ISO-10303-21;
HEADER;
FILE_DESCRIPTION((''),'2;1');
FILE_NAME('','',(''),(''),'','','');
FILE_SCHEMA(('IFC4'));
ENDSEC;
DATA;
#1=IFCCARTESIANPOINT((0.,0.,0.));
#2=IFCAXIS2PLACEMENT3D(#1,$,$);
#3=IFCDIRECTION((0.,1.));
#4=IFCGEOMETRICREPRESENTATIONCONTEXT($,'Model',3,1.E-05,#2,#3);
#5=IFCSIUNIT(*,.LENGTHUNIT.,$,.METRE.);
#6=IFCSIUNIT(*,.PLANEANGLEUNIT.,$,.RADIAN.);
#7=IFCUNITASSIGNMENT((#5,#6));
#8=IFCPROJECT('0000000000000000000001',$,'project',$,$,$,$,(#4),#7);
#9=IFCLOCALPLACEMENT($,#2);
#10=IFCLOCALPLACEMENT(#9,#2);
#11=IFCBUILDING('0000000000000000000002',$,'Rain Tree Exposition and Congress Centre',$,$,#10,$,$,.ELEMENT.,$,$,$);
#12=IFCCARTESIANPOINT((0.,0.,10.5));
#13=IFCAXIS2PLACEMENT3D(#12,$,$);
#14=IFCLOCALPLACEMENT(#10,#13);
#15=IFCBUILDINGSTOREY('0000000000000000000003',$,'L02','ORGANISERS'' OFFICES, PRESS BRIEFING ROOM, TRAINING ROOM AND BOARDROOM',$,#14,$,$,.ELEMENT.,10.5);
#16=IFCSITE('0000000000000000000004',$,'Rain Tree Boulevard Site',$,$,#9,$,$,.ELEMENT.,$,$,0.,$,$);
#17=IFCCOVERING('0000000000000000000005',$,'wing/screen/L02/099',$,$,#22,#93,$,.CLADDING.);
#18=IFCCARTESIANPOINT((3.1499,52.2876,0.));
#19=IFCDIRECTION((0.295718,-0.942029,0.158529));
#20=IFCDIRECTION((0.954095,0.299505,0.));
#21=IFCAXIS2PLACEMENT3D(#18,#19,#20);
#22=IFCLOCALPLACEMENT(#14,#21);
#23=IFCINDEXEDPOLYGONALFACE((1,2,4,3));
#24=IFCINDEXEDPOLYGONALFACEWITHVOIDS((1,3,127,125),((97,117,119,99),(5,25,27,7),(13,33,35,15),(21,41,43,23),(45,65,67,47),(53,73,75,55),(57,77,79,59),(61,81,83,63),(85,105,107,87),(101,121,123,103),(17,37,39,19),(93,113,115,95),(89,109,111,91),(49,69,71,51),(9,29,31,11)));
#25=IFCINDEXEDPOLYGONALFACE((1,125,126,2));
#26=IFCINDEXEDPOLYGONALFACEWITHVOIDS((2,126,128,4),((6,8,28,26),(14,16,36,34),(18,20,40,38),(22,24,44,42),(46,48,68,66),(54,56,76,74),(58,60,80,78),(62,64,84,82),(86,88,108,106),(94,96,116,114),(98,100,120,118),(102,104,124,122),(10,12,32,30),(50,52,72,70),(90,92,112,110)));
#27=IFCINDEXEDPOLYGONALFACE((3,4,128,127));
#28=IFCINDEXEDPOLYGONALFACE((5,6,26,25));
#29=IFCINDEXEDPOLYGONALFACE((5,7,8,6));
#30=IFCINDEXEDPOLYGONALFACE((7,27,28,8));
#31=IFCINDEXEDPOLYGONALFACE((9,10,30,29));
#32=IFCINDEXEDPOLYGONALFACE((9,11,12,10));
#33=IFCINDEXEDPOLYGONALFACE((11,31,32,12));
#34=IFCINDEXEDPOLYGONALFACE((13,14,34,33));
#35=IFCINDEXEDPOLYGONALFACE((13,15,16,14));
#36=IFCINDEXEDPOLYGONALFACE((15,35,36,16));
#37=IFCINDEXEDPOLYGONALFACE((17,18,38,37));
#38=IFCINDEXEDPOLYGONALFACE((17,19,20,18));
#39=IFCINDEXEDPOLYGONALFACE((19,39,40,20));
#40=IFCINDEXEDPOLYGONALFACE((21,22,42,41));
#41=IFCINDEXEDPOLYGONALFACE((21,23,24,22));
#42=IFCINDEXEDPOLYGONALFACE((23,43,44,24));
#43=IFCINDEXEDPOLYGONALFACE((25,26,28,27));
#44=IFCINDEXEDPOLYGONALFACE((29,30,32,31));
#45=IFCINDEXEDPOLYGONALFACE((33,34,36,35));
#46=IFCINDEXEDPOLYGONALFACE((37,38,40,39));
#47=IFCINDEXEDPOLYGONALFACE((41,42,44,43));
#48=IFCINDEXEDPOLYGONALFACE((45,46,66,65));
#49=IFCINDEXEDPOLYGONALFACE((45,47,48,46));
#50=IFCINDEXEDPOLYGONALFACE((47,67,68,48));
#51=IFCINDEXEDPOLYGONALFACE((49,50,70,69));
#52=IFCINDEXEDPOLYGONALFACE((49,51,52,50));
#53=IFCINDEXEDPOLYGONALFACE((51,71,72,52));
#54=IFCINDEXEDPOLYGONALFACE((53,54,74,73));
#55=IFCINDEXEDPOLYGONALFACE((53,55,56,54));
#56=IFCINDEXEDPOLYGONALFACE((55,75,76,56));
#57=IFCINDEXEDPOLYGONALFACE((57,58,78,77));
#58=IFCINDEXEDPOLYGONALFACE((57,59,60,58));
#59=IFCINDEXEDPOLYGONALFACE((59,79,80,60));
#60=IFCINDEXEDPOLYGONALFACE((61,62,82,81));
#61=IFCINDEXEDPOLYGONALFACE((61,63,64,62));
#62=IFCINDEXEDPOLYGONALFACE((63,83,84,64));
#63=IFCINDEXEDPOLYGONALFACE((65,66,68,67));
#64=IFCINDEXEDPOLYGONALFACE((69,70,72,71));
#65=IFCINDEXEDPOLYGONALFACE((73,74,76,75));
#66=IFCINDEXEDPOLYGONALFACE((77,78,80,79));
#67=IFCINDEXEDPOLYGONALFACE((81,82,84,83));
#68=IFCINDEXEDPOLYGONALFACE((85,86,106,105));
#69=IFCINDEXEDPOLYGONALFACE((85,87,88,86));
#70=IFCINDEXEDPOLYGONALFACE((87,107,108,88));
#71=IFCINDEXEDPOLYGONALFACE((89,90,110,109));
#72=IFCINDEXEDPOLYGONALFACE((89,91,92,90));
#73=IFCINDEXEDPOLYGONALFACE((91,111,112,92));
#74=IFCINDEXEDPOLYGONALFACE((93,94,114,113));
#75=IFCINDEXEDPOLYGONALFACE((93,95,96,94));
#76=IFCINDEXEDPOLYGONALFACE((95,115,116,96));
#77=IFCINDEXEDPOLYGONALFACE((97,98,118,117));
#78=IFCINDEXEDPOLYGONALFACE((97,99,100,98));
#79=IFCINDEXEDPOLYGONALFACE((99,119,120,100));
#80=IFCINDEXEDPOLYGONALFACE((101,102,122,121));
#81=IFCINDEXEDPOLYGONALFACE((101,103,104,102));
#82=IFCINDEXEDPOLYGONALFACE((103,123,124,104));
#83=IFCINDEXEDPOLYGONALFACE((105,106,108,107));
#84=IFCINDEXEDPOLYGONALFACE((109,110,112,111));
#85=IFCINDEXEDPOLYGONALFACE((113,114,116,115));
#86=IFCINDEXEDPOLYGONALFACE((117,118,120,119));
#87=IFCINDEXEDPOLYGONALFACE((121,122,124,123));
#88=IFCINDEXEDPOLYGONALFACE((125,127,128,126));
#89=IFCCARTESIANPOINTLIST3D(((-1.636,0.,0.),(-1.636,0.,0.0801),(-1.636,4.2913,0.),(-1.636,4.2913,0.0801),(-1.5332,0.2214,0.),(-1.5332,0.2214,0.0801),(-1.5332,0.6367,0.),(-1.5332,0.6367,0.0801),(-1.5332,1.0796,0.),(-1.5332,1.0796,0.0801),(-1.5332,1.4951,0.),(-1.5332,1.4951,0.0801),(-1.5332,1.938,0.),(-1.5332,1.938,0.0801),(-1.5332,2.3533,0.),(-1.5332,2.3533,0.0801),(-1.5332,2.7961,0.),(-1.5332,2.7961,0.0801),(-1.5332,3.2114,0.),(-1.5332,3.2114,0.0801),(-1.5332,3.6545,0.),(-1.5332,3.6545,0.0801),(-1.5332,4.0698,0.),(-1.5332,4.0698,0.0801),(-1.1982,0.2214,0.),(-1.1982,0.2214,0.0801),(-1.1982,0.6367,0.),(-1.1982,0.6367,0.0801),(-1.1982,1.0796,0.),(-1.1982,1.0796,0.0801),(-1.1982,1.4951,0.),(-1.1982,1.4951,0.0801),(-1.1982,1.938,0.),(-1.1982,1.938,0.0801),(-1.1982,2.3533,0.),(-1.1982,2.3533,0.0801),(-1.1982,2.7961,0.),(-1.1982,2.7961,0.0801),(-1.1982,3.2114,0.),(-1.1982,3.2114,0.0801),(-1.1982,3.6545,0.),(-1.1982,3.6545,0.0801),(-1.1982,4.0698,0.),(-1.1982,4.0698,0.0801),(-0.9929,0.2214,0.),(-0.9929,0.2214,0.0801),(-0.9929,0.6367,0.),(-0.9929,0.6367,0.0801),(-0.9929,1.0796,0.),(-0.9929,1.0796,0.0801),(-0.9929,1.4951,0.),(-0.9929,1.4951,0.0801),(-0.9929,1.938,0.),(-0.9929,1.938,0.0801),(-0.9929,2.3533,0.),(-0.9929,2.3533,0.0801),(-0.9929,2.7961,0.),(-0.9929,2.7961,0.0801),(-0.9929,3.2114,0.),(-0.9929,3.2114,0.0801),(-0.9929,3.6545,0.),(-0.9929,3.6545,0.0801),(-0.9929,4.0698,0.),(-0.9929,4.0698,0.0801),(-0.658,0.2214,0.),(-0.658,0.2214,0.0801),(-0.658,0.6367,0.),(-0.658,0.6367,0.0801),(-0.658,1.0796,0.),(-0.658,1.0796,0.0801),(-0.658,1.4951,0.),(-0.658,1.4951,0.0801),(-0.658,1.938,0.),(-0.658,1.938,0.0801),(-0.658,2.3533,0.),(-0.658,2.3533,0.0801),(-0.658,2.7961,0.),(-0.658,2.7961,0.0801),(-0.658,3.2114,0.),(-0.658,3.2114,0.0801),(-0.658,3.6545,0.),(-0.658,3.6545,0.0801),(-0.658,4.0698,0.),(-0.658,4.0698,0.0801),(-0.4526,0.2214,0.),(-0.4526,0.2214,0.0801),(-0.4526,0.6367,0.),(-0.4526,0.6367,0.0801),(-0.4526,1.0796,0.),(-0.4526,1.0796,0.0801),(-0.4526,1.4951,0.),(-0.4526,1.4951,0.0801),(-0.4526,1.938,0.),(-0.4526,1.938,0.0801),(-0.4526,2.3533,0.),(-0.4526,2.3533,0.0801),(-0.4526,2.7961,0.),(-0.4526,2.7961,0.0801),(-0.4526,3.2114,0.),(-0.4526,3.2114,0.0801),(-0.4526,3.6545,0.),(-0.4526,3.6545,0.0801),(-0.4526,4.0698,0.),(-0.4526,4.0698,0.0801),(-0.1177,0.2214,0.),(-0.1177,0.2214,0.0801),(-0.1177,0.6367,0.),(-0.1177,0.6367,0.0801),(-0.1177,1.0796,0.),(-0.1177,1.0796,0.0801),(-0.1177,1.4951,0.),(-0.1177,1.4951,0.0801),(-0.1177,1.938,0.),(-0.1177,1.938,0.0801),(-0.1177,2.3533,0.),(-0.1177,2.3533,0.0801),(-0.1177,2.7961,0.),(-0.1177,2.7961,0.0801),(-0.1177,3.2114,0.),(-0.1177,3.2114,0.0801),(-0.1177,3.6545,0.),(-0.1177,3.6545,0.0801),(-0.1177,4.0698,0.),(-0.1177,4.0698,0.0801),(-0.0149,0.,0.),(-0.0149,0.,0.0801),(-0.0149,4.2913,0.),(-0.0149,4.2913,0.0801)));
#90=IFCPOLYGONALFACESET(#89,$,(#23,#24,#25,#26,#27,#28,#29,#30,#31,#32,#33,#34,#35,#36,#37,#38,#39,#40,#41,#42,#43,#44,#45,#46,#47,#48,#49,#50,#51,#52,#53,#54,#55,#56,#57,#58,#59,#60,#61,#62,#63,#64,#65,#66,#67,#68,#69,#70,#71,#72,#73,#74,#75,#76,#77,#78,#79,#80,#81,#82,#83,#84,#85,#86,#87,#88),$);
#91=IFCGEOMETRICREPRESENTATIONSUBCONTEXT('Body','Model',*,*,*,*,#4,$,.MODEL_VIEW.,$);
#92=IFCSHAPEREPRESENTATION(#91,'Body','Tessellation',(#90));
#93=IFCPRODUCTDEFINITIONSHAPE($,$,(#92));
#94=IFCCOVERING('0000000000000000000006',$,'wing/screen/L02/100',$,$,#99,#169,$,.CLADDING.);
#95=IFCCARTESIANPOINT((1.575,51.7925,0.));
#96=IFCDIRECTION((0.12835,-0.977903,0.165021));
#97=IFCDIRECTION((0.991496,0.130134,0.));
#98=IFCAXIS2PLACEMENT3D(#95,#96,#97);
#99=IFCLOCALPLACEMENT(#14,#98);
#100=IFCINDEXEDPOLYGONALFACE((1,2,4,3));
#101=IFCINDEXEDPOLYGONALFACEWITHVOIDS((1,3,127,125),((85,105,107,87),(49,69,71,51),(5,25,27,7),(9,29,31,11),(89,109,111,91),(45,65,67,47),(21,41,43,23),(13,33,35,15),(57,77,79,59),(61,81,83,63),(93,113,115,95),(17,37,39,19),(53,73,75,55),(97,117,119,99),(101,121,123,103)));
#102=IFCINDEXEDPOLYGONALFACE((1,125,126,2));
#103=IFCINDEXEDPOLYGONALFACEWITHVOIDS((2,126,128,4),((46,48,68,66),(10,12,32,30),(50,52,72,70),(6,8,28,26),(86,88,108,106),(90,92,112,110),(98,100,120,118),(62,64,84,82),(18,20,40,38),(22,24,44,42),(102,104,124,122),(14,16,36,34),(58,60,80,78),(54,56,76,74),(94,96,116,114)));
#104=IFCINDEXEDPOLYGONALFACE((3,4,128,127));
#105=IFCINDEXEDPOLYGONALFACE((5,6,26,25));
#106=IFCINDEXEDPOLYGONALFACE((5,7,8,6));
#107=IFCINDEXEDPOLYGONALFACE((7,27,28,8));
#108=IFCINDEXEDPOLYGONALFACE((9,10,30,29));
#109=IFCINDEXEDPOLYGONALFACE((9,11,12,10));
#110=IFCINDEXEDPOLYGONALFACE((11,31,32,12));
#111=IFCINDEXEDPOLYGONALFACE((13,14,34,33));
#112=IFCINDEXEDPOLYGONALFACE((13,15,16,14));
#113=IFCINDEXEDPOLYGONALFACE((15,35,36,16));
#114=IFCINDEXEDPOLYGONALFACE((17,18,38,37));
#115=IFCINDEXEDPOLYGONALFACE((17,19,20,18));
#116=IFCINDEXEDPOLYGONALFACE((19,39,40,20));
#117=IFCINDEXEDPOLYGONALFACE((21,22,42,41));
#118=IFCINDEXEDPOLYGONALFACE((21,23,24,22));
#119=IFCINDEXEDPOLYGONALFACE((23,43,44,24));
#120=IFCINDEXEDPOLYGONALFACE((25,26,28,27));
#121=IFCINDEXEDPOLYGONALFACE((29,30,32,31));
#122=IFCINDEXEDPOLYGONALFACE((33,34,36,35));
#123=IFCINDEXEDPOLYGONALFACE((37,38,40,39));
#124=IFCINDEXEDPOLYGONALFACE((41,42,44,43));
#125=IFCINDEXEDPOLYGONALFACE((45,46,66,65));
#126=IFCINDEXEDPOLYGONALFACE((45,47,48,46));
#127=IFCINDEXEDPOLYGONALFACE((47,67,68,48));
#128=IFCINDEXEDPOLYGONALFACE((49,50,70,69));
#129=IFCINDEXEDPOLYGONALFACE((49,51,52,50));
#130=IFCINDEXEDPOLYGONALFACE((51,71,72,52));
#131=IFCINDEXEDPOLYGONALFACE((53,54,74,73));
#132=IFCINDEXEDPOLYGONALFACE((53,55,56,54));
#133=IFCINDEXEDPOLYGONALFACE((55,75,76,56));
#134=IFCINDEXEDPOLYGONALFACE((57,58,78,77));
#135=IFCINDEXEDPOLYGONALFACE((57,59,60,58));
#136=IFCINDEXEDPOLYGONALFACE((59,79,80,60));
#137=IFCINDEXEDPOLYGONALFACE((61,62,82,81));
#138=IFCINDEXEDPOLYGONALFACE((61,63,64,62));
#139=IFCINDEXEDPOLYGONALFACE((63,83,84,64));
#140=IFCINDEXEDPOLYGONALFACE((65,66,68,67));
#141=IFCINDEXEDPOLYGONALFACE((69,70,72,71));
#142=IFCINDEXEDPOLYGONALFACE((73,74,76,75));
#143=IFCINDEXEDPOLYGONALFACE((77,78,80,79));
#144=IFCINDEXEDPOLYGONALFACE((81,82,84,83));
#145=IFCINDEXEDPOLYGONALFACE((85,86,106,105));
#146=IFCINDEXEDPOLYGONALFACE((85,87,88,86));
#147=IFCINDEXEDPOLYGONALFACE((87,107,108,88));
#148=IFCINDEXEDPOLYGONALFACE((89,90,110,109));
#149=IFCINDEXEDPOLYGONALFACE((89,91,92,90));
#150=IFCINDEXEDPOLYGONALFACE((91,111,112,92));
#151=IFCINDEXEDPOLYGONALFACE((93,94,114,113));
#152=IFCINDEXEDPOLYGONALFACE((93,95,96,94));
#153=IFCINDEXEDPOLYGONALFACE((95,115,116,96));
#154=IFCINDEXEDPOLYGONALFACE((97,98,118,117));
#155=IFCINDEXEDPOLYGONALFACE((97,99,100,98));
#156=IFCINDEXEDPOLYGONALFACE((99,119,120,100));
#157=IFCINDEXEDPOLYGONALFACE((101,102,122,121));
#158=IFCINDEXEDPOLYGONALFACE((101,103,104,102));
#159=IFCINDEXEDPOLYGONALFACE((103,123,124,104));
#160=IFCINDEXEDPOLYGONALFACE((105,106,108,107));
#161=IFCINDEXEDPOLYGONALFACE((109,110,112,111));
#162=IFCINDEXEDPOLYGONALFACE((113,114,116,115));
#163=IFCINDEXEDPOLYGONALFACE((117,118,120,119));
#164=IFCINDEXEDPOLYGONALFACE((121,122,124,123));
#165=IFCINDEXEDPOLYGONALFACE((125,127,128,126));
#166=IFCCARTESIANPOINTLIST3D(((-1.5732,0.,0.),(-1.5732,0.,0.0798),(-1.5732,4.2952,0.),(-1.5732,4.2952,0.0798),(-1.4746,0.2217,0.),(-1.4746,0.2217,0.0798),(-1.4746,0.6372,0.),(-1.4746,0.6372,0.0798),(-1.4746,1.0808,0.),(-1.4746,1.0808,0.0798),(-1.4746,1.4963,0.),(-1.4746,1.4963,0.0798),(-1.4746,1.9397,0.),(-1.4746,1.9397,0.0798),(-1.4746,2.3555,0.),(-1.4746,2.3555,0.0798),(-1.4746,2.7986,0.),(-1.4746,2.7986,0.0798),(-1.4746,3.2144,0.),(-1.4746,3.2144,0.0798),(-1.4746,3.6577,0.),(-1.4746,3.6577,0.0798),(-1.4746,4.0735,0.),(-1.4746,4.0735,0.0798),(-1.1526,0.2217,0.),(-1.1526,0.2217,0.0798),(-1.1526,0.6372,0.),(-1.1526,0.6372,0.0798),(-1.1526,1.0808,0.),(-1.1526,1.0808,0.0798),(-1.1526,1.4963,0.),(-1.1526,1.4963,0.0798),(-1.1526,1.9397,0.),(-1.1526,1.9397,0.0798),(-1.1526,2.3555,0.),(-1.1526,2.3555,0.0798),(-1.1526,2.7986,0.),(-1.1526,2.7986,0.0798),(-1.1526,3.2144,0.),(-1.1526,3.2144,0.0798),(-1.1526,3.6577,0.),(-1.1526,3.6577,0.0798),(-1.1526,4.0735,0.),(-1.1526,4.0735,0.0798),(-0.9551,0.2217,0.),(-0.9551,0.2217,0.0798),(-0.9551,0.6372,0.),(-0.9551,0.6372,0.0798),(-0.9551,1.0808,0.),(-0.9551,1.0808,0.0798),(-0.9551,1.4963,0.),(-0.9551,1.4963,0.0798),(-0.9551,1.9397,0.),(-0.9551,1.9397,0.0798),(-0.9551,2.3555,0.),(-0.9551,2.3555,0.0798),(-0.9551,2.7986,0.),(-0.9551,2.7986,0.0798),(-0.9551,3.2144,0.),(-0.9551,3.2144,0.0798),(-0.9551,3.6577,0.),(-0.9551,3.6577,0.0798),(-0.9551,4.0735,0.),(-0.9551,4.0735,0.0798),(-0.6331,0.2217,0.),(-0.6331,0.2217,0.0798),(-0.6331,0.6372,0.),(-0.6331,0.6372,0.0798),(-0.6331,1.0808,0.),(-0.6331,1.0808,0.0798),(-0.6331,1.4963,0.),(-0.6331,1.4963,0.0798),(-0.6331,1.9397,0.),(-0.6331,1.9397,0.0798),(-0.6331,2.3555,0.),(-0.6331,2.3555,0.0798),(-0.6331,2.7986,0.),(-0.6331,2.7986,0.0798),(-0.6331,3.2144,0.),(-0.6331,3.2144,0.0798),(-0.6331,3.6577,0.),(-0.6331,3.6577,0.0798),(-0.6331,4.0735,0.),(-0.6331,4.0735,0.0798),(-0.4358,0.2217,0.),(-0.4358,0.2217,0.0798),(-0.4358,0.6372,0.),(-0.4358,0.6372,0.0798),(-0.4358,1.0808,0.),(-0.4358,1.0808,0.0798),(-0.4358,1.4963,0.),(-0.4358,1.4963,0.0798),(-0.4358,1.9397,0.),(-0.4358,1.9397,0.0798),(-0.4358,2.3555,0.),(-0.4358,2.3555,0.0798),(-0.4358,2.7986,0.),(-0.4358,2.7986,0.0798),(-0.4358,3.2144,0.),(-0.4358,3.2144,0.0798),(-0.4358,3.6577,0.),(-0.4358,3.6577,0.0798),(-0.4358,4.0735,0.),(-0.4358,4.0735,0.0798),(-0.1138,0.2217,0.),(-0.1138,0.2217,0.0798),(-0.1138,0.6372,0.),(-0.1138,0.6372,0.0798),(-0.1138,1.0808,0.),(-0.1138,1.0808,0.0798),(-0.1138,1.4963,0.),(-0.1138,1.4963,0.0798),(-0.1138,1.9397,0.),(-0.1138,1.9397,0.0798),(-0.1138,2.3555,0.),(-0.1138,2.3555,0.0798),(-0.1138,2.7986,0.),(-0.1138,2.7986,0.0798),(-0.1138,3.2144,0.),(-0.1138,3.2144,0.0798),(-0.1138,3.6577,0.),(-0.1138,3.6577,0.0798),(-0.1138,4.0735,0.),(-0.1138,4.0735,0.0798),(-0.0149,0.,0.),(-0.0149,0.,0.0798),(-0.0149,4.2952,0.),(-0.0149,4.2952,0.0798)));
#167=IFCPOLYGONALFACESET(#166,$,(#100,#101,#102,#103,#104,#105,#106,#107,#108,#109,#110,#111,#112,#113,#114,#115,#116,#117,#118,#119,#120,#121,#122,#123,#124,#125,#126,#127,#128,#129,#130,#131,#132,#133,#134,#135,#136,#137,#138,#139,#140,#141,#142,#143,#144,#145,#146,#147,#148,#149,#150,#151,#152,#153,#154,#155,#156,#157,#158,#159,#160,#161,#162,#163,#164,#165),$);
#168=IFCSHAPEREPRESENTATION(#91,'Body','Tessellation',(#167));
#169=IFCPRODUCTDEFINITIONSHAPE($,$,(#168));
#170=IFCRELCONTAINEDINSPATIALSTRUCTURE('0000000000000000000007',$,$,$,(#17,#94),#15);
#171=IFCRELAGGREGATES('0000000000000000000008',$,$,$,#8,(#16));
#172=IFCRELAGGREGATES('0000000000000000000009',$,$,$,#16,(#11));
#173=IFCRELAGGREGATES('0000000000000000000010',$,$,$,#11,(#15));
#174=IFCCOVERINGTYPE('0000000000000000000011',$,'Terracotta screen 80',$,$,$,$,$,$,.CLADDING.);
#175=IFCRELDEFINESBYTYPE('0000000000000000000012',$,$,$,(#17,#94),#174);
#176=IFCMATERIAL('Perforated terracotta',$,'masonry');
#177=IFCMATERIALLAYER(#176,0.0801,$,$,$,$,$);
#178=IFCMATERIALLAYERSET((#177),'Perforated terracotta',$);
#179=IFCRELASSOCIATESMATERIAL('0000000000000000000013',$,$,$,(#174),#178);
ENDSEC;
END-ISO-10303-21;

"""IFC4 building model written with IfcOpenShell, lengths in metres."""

from ifc_helpers import new_model, si_unit, direction, frame, origin, place, context, subcontext, project, spatial, polyline, outline, extrude, material, layer, layer_set, type_object, element, save


model = new_model("IFC4")

# Units and contexts
model_context = context("Model", 3, precision=1e-05, world=origin(), true_north=direction((0.0, 1.0)))
body_context = subcontext(model_context, "Body", "Model", "MODEL_VIEW")
ifc_project = project(units=[si_unit("LENGTHUNIT", "METRE"), si_unit("PLANEANGLEUNIT", "RADIAN")], contexts=[model_context])

# Site, building, storey
site_placement = place(None, origin())
site = spatial("IfcSite", under=ifc_project, at=site_placement, Name="Rain Tree Boulevard Site", CompositionType="ELEMENT", RefElevation=0.0)
building_placement = place(site_placement, origin())
building = spatial("IfcBuilding", under=site, at=building_placement, Name="Rain Tree Exposition and Congress Centre", CompositionType="ELEMENT")
storey_placement = place(building_placement, frame((0.0, 0.0, 10.5)))
storey = spatial("IfcBuildingStorey", under=building, at=storey_placement, Name="L02", Description="ORGANISERS' OFFICES, PRESS BRIEFING ROOM, TRAINING ROOM AND BOARDROOM", CompositionType="ELEMENT", Elevation=10.5)

# Coverings
ifc_material_1 = material(Name="Perforated terracotta", Category="masonry")
ifc_layer_1 = layer(ifc_material_1, 0.0801)
ifc_layer_set_1 = layer_set([ifc_layer_1], Name="Perforated terracotta")
covering_type = type_object("IfcCoveringType", Name="Terracotta screen 80", PredefinedType="CLADDING", material=ifc_layer_set_1)
covering_1_placement = place(storey_placement, frame((3.1499, 52.2876, 0.0), z_axis=(0.295718, -0.942029, 0.158529), x_axis=(0.954095, 0.299505, 0.0)))
element("IfcCovering", 1, at=covering_1_placement, inside=storey, type_object=covering_type, Name="wing/screen/L02/099", PredefinedType="CLADDING", context=body_context, shape_type="SweptSolid", body=[
    extrude(outline(polyline([(-1.636, 0.0), (-1.636, 4.2913), (-0.0149, 4.2913), (-0.0149, 0.0), (-1.636, 0.0)]), holes=[polyline([(-0.1177, 0.2214), (-0.1177, 0.6367), (-0.4526, 0.6367), (-0.4526, 0.2214), (-0.1177, 0.2214)]), polyline([(-0.1177, 1.0796), (-0.1177, 1.4951), (-0.4526, 1.4951), (-0.4526, 1.0796), (-0.1177, 1.0796)]), polyline([(-0.1177, 1.938), (-0.1177, 2.3533), (-0.4526, 2.3533), (-0.4526, 1.938), (-0.1177, 1.938)]), polyline([(-0.1177, 2.7961), (-0.1177, 3.2114), (-0.4526, 3.2114), (-0.4526, 2.7961), (-0.1177, 2.7961)]), polyline([(-0.1177, 3.6545), (-0.1177, 4.0698), (-0.4526, 4.0698), (-0.4526, 3.6545), (-0.1177, 3.6545)]), polyline([(-0.658, 0.2214), (-0.658, 0.6367), (-0.9929, 0.6367), (-0.9929, 0.2214), (-0.658, 0.2214)]), polyline([(-0.658, 1.0796), (-0.658, 1.4951), (-0.9929, 1.4951), (-0.9929, 1.0796), (-0.658, 1.0796)]), polyline([(-0.658, 1.938), (-0.658, 2.3533), (-0.9929, 2.3533), (-0.9929, 1.938), (-0.658, 1.938)]), polyline([(-0.658, 2.7961), (-0.658, 3.2114), (-0.9929, 3.2114), (-0.9929, 2.7961), (-0.658, 2.7961)]), polyline([(-0.658, 3.6545), (-0.658, 4.0698), (-0.9929, 4.0698), (-0.9929, 3.6545), (-0.658, 3.6545)]), polyline([(-1.1982, 0.2214), (-1.1982, 0.6367), (-1.5332, 0.6367), (-1.5332, 0.2214), (-1.1982, 0.2214)]), polyline([(-1.1982, 1.0796), (-1.1982, 1.4951), (-1.5332, 1.4951), (-1.5332, 1.0796), (-1.1982, 1.0796)]), polyline([(-1.1982, 1.938), (-1.1982, 2.3533), (-1.5332, 2.3533), (-1.5332, 1.938), (-1.1982, 1.938)]), polyline([(-1.1982, 2.7961), (-1.1982, 3.2114), (-1.5332, 3.2114), (-1.5332, 2.7961), (-1.1982, 2.7961)]), polyline([(-1.1982, 3.6545), (-1.1982, 4.0698), (-1.5332, 4.0698), (-1.5332, 3.6545), (-1.1982, 3.6545)])]), origin(), (0.0, 0.0, 1.0), 0.0801),
])
covering_2_placement = place(storey_placement, frame((1.575, 51.7925, 0.0), z_axis=(0.12835, -0.977903, 0.165021), x_axis=(0.991496, 0.130134, 0.0)))
element("IfcCovering", 2, at=covering_2_placement, inside=storey, type_object=covering_type, Name="wing/screen/L02/100", PredefinedType="CLADDING", context=body_context, shape_type="SweptSolid", body=[
    extrude(outline(polyline([(-1.5732, 0.0), (-1.5732, 4.2952), (-0.0149, 4.2952), (-0.0149, 0.0), (-1.5732, 0.0)]), holes=[polyline([(-0.1138, 0.2217), (-0.1138, 0.6372), (-0.4358, 0.6372), (-0.4358, 0.2217), (-0.1138, 0.2217)]), polyline([(-0.1138, 1.0808), (-0.1138, 1.4963), (-0.4358, 1.4963), (-0.4358, 1.0808), (-0.1138, 1.0808)]), polyline([(-0.1138, 1.9397), (-0.1138, 2.3555), (-0.4358, 2.3555), (-0.4358, 1.9397), (-0.1138, 1.9397)]), polyline([(-0.1138, 2.7986), (-0.1138, 3.2144), (-0.4358, 3.2144), (-0.4358, 2.7986), (-0.1138, 2.7986)]), polyline([(-0.1138, 3.6577), (-0.1138, 4.0735), (-0.4358, 4.0735), (-0.4358, 3.6577), (-0.1138, 3.6577)]), polyline([(-0.6331, 0.2217), (-0.6331, 0.6372), (-0.9551, 0.6372), (-0.9551, 0.2217), (-0.6331, 0.2217)]), polyline([(-0.6331, 1.0808), (-0.6331, 1.4963), (-0.9551, 1.4963), (-0.9551, 1.0808), (-0.6331, 1.0808)]), polyline([(-0.6331, 1.9397), (-0.6331, 2.3555), (-0.9551, 2.3555), (-0.9551, 1.9397), (-0.6331, 1.9397)]), polyline([(-0.6331, 2.7986), (-0.6331, 3.2144), (-0.9551, 3.2144), (-0.9551, 2.7986), (-0.6331, 2.7986)]), polyline([(-0.6331, 3.6577), (-0.6331, 4.0735), (-0.9551, 4.0735), (-0.9551, 3.6577), (-0.6331, 3.6577)]), polyline([(-1.1526, 0.2217), (-1.1526, 0.6372), (-1.4746, 0.6372), (-1.4746, 0.2217), (-1.1526, 0.2217)]), polyline([(-1.1526, 1.0808), (-1.1526, 1.4963), (-1.4746, 1.4963), (-1.4746, 1.0808), (-1.1526, 1.0808)]), polyline([(-1.1526, 1.9397), (-1.1526, 2.3555), (-1.4746, 2.3555), (-1.4746, 1.9397), (-1.1526, 1.9397)]), polyline([(-1.1526, 2.7986), (-1.1526, 3.2144), (-1.4746, 3.2144), (-1.4746, 2.7986), (-1.1526, 2.7986)]), polyline([(-1.1526, 3.6577), (-1.1526, 4.0735), (-1.4746, 4.0735), (-1.4746, 3.6577), (-1.1526, 3.6577)])]), origin(), (0.0, 0.0, 1.0), 0.0798),
])

save(model, "model.ifc")
